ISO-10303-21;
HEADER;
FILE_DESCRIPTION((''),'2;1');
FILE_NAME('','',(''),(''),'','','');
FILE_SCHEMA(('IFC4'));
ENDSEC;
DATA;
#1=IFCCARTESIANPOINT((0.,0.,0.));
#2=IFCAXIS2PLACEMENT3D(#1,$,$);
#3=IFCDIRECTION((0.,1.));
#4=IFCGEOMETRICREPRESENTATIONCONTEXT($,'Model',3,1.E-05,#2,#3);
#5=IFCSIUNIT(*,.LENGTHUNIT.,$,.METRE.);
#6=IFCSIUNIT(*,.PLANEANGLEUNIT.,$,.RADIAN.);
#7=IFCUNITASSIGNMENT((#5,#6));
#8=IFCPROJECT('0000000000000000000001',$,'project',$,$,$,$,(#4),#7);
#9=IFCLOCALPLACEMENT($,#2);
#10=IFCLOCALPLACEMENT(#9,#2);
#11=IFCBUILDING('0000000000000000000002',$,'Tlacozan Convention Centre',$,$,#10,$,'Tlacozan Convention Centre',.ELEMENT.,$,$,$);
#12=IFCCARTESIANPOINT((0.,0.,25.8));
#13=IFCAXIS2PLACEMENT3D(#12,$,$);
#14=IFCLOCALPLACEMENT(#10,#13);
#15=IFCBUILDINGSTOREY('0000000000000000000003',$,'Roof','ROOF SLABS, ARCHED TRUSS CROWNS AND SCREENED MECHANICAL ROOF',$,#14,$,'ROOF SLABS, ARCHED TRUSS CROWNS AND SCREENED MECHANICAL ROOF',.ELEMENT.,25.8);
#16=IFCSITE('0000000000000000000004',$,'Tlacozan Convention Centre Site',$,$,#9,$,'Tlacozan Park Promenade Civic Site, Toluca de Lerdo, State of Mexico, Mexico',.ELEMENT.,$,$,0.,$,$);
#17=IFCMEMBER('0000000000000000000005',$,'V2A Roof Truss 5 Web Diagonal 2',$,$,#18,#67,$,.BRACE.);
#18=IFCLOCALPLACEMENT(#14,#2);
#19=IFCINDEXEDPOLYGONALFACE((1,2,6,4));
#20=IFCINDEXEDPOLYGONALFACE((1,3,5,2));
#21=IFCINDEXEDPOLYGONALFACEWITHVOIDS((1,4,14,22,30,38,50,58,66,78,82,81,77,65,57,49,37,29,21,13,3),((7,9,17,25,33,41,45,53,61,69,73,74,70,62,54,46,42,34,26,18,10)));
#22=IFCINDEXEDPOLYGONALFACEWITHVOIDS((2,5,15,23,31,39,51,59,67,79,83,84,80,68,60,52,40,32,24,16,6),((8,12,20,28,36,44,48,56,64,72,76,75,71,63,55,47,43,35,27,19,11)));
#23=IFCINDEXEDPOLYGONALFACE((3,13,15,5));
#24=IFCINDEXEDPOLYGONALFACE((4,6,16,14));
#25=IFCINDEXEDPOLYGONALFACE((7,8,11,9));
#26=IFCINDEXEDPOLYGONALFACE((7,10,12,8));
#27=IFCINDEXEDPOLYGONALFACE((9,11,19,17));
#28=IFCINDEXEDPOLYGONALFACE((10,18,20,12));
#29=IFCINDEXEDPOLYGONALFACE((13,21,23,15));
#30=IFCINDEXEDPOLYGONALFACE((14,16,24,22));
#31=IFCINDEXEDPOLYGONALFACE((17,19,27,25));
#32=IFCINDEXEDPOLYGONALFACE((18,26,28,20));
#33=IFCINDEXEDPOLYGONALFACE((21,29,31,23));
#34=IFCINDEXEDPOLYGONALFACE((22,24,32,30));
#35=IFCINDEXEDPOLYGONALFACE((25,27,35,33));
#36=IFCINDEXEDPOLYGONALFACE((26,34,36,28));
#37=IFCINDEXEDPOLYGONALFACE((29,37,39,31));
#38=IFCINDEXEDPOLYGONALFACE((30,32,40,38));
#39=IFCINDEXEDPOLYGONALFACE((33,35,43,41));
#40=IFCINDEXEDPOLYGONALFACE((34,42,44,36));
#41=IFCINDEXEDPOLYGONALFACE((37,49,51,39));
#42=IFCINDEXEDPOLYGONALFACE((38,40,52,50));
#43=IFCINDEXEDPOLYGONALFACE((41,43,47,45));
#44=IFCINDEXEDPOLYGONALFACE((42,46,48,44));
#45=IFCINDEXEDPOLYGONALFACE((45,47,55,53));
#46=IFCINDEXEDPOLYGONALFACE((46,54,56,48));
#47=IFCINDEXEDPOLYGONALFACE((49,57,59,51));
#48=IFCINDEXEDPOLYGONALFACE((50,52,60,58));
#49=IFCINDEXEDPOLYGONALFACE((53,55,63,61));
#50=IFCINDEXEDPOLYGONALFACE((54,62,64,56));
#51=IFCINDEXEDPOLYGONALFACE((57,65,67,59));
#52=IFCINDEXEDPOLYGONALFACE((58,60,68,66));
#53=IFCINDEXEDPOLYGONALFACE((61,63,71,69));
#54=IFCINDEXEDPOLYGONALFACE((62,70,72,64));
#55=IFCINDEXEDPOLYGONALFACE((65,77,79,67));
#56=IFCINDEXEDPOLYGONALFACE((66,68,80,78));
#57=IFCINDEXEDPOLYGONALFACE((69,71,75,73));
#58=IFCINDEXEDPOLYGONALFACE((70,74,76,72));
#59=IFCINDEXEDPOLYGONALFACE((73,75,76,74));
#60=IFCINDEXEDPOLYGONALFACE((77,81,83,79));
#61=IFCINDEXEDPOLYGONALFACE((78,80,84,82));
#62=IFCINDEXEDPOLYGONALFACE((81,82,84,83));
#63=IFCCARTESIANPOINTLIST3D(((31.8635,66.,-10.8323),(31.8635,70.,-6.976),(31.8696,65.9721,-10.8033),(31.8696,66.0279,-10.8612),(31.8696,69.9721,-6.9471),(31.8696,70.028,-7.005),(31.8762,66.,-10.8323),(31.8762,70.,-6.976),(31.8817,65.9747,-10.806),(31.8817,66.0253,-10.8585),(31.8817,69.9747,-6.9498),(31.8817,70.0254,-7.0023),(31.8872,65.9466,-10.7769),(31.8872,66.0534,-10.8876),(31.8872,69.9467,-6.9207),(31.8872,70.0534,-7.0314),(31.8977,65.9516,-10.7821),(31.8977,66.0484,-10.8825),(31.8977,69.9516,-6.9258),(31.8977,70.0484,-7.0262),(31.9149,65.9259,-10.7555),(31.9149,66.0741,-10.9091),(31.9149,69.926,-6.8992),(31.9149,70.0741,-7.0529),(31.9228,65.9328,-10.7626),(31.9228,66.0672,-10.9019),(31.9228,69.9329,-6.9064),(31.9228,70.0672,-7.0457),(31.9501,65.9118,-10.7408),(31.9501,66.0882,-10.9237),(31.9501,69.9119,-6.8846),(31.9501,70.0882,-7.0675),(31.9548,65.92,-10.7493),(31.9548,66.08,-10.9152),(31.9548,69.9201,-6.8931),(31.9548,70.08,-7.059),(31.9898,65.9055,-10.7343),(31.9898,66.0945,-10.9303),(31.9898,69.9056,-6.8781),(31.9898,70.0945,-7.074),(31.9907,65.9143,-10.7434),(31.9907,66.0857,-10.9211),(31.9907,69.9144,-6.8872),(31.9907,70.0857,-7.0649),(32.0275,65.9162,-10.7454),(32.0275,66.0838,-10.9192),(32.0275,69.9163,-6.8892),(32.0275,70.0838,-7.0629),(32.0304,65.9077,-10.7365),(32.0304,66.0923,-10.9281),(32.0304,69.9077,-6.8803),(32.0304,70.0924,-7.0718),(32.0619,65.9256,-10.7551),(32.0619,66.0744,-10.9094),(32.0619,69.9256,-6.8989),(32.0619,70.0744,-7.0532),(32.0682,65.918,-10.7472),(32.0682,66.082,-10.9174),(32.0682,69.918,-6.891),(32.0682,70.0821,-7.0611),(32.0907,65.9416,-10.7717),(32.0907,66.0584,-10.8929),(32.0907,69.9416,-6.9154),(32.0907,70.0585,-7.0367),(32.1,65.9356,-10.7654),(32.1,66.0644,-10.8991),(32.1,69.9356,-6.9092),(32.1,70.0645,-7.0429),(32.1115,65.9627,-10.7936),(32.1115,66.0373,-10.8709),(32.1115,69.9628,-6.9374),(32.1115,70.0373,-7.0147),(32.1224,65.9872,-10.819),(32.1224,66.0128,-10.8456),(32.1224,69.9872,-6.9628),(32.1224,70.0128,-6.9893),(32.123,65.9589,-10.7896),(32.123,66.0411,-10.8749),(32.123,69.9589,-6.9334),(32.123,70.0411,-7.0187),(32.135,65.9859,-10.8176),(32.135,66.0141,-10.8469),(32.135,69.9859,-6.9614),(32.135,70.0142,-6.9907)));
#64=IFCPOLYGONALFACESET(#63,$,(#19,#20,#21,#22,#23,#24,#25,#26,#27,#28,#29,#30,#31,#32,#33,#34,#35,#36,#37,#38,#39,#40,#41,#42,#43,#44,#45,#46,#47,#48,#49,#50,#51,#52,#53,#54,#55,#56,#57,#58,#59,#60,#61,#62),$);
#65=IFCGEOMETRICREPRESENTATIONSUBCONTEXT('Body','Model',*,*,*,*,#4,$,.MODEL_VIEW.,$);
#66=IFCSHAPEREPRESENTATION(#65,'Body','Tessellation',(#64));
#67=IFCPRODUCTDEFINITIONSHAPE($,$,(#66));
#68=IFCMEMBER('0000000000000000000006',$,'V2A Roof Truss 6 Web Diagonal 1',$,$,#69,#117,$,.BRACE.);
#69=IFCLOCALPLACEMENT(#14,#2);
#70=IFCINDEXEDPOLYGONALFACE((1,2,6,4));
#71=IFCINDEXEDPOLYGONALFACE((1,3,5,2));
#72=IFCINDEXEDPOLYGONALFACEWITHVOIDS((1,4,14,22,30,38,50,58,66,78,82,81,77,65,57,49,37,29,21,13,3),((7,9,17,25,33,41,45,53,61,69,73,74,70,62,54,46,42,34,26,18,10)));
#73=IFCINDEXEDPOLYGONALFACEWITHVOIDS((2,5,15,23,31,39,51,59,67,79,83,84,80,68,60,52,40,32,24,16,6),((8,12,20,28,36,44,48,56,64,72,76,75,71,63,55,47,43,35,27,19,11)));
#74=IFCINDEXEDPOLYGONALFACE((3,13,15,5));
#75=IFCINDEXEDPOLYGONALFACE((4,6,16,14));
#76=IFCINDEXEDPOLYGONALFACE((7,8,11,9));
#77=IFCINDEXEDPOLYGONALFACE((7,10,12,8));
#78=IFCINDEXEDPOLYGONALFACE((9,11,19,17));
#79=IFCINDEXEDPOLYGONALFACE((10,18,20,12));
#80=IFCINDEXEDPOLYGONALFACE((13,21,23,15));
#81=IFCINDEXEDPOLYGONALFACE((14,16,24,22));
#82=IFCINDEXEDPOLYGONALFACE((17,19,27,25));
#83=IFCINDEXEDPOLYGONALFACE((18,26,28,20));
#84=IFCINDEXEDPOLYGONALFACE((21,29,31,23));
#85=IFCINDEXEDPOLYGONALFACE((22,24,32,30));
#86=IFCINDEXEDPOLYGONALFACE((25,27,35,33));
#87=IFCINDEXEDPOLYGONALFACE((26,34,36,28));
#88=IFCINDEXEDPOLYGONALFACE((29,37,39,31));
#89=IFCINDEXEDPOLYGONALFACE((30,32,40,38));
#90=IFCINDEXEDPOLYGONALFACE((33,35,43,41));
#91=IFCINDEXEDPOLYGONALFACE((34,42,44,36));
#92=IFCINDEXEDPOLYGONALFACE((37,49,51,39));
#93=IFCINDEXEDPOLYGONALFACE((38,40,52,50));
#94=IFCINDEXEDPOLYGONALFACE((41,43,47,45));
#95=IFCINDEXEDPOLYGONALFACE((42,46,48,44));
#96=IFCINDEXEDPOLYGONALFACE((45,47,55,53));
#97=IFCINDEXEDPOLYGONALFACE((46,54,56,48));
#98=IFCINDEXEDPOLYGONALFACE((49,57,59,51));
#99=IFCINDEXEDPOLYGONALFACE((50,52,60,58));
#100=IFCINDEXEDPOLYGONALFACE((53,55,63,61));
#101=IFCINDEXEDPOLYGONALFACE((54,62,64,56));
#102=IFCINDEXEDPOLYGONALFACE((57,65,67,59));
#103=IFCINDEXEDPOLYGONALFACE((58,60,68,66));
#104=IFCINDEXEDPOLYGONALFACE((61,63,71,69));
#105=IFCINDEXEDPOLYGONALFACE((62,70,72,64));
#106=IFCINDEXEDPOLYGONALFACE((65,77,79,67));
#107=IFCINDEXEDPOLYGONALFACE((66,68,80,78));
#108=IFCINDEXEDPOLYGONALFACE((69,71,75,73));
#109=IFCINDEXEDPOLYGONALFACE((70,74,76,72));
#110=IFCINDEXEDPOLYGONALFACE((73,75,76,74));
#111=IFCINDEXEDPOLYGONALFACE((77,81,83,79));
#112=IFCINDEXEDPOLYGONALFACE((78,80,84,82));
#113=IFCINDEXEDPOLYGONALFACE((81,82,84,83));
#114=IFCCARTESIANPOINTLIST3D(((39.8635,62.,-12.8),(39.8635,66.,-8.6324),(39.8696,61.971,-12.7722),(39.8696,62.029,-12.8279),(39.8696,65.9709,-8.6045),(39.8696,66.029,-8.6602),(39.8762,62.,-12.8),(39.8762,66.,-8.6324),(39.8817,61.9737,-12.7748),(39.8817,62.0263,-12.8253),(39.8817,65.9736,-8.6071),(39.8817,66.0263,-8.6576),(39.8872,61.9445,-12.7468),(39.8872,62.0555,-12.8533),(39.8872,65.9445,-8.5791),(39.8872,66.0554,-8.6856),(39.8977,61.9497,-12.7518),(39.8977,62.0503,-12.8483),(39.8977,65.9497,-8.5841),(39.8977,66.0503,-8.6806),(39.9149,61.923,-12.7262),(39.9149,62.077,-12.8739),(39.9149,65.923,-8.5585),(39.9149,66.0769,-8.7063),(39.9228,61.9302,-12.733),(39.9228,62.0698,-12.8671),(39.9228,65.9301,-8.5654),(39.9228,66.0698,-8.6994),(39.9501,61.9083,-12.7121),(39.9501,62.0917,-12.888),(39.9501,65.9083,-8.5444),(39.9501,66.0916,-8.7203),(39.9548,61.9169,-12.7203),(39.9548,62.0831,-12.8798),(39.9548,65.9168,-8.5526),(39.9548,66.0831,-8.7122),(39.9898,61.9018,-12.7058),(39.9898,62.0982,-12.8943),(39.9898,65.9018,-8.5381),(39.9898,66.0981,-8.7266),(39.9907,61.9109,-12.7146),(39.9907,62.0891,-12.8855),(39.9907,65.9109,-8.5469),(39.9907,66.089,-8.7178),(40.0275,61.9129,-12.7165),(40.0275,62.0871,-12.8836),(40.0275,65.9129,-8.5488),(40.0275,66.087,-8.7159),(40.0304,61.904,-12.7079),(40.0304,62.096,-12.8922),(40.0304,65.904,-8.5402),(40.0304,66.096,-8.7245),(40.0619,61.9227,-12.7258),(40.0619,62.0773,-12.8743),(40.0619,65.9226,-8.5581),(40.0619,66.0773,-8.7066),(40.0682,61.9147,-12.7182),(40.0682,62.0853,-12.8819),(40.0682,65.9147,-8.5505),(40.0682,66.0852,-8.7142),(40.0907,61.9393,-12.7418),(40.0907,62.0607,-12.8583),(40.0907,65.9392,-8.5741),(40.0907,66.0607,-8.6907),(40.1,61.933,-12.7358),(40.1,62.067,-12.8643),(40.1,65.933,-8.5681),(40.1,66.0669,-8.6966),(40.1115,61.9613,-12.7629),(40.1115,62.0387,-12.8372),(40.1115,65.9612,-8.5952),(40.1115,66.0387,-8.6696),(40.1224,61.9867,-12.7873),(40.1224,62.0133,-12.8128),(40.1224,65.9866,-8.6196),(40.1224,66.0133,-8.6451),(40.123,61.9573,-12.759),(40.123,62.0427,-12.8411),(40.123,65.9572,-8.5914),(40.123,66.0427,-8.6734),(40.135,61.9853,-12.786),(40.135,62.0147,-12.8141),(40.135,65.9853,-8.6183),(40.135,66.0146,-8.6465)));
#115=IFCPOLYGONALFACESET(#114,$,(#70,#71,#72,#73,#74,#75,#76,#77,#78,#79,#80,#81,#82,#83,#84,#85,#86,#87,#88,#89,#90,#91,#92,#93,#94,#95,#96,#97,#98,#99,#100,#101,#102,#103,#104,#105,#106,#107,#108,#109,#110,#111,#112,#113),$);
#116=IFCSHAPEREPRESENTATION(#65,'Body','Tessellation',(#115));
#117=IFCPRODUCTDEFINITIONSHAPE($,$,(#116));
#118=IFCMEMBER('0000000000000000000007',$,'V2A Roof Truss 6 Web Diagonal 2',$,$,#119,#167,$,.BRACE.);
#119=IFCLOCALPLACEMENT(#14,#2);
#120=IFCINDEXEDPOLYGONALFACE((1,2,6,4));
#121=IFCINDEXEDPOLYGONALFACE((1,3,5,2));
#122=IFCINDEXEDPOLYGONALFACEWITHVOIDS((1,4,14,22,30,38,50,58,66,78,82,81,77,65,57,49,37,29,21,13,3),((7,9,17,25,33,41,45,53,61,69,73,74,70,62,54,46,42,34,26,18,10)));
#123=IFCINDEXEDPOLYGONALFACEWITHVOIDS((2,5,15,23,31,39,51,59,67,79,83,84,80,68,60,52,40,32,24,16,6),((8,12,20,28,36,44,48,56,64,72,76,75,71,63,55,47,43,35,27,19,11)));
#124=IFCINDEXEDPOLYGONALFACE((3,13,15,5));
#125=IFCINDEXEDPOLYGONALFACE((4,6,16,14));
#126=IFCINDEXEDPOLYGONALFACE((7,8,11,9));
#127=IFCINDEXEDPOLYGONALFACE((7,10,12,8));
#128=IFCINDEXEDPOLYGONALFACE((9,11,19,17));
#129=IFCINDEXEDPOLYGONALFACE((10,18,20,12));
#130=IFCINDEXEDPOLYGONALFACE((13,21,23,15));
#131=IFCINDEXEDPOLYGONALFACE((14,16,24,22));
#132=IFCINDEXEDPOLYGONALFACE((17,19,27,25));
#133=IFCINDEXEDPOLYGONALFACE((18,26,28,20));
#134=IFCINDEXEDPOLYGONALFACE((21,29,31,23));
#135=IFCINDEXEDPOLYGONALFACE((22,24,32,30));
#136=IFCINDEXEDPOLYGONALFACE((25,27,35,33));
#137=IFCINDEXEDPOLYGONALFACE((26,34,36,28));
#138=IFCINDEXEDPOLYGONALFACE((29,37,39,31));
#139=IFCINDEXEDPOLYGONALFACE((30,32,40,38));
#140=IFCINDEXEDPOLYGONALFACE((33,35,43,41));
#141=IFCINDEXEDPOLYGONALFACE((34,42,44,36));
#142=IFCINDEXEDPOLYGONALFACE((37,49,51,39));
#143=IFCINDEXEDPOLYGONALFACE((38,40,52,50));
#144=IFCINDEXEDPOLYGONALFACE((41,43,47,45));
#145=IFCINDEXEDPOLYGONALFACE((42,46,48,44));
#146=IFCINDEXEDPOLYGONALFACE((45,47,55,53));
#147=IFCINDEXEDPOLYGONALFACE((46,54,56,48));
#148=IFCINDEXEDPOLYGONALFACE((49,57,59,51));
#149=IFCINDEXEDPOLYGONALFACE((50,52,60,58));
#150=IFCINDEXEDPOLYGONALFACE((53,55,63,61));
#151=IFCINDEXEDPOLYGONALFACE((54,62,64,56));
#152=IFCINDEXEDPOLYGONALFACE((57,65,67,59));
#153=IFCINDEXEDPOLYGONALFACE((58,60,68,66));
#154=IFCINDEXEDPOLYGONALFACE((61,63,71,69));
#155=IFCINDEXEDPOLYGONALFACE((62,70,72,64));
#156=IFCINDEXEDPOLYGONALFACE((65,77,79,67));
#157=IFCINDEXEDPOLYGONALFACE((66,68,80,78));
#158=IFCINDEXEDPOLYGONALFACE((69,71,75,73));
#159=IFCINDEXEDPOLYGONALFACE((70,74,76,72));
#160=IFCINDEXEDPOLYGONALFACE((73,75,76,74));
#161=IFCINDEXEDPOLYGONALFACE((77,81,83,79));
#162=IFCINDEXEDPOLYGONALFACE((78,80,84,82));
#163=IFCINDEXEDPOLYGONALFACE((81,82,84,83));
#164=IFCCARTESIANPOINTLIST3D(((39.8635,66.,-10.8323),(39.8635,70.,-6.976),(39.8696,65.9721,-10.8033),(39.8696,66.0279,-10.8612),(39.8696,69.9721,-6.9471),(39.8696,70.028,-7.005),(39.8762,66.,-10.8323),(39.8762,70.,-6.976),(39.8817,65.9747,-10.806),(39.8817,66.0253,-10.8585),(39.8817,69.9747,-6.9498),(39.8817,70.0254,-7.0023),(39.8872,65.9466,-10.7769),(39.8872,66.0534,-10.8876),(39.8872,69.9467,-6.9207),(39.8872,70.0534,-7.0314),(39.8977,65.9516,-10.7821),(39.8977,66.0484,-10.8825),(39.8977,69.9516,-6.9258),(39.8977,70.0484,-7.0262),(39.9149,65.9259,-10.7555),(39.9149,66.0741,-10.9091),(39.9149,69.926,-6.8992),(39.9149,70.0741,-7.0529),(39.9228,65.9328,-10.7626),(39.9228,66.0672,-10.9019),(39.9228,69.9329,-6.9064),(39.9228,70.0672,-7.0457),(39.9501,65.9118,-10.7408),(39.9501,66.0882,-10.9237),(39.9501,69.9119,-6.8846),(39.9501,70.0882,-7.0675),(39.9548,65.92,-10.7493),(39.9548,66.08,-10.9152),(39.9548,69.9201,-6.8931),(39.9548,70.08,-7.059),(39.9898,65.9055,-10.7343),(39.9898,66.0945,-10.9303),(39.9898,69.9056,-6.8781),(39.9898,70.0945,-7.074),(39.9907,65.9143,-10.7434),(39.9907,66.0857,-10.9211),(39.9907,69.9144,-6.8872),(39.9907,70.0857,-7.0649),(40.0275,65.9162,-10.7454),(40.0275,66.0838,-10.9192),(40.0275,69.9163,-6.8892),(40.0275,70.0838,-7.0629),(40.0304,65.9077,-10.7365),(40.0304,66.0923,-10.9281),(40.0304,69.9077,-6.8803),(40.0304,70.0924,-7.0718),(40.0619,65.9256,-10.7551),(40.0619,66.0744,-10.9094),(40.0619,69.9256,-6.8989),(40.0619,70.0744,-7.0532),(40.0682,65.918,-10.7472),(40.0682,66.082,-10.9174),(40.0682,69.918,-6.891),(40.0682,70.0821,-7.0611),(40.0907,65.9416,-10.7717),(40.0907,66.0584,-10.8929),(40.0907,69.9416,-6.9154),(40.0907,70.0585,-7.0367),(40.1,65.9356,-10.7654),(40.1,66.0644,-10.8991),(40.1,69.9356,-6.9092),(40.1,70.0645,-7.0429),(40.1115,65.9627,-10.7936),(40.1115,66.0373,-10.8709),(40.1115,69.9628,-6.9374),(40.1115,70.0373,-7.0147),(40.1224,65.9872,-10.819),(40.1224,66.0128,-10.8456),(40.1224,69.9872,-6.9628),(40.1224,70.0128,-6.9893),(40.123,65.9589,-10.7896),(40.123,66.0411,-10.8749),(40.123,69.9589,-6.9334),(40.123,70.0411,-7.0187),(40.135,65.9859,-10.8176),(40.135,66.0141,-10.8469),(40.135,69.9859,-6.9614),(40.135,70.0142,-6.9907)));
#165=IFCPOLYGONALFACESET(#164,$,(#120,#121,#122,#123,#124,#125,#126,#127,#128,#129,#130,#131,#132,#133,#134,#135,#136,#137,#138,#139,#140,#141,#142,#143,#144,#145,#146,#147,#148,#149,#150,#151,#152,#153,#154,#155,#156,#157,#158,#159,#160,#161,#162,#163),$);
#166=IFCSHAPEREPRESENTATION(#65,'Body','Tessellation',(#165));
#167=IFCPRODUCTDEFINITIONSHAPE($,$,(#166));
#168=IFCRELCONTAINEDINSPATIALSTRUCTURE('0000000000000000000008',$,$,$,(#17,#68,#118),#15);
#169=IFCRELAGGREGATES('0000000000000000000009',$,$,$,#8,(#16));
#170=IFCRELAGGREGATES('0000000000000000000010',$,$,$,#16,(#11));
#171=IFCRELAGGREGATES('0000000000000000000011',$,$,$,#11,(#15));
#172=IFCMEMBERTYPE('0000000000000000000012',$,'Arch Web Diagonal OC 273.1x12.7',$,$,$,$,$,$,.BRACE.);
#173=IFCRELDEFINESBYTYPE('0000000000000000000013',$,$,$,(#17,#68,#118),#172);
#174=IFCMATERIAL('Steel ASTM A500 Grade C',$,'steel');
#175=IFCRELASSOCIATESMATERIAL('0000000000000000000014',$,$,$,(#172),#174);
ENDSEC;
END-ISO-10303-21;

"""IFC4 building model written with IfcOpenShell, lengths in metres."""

from ifc_helpers import new_model, si_unit, direction, frame, origin, origin_2d, place, context, subcontext, project, spatial, hollow_circle, extrude, material, material_profile, profile_set, type_object, element, save


model = new_model("IFC4")

# Units and contexts
model_context = context("Model", 3, precision=1e-05, world=origin(), true_north=direction((0.0, 1.0)))
body_context = subcontext(model_context, "Body", "Model", "MODEL_VIEW")
ifc_project = project(units=[si_unit("LENGTHUNIT", "METRE"), si_unit("PLANEANGLEUNIT", "RADIAN")], contexts=[model_context])

# Site, building, storey
site_placement = place(None, origin())
site = spatial("IfcSite", under=ifc_project, at=site_placement, Name="Tlacozan Convention Centre Site", LongName="Tlacozan Park Promenade Civic Site, Toluca de Lerdo, State of Mexico, Mexico", CompositionType="ELEMENT", RefElevation=0.0)
building_placement = place(site_placement, origin())
building = spatial("IfcBuilding", under=site, at=building_placement, Name="Tlacozan Convention Centre", LongName="Tlacozan Convention Centre", CompositionType="ELEMENT")
storey_placement = place(building_placement, frame((0.0, 0.0, 25.8)))
storey = spatial("IfcBuildingStorey", under=building, at=storey_placement, Name="Roof", Description="ROOF SLABS, ARCHED TRUSS CROWNS AND SCREENED MECHANICAL ROOF", LongName="ROOF SLABS, ARCHED TRUSS CROWNS AND SCREENED MECHANICAL ROOF", CompositionType="ELEMENT", Elevation=25.8)

# Members
ifc_material_1 = material(Name="Steel ASTM A500 Grade C", Category="steel")
ifc_material_profile_1 = material_profile(ifc_material_1, hollow_circle(Radius=0.1365, WallThickness=0.0127, at=origin_2d()), Name="OC 273.1x12.7")
ifc_profile_set_1 = profile_set([ifc_material_profile_1], Name="Steel ASTM A500 Grade C")
member_type_1 = type_object("IfcMemberType", Name="Arch Web Diagonal OC 273.1x12.7", PredefinedType="BRACE", material=ifc_profile_set_1)
member_1_placement = place(storey_placement, frame((32.0, 66.0, -10.8323), z_axis=(0.0, 0.719929, 0.694048), x_axis=(-1.0, 0.0, 0.0)))
element("IfcMember", 1, at=member_1_placement, inside=storey, type_object=member_type_1, Name="V2A Roof Truss 5 Web Diagonal 2", PredefinedType="BRACE", context=body_context, shape_type="SweptSolid", body=[
    extrude(hollow_circle(Radius=0.1365, WallThickness=0.0127, at=origin_2d()), origin(), (0.0, 0.0, 1.0), 5.5562),
])
member_2_placement = place(storey_placement, frame((40.0, 62.0, -12.8), z_axis=(0.0, 0.69244, 0.721475), x_axis=(-1.0, 0.0, 0.0)))
element("IfcMember", 2, at=member_2_placement, inside=storey, type_object=member_type_1, Name="V2A Roof Truss 6 Web Diagonal 1", PredefinedType="BRACE", context=body_context, shape_type="SweptSolid", body=[
    extrude(hollow_circle(Radius=0.1365, WallThickness=0.0127, at=origin_2d()), origin(), (0.0, 0.0, 1.0), 5.7766),
])
member_3_placement = place(storey_placement, frame((40.0, 66.0, -10.8323), z_axis=(0.0, 0.719929, 0.694048), x_axis=(-1.0, 0.0, 0.0)))
element("IfcMember", 3, at=member_3_placement, inside=storey, type_object=member_type_1, Name="V2A Roof Truss 6 Web Diagonal 2", PredefinedType="BRACE", context=body_context, shape_type="SweptSolid", body=[
    extrude(hollow_circle(Radius=0.1365, WallThickness=0.0127, at=origin_2d()), origin(), (0.0, 0.0, 1.0), 5.5562),
])

save(model, "model.ifc")
